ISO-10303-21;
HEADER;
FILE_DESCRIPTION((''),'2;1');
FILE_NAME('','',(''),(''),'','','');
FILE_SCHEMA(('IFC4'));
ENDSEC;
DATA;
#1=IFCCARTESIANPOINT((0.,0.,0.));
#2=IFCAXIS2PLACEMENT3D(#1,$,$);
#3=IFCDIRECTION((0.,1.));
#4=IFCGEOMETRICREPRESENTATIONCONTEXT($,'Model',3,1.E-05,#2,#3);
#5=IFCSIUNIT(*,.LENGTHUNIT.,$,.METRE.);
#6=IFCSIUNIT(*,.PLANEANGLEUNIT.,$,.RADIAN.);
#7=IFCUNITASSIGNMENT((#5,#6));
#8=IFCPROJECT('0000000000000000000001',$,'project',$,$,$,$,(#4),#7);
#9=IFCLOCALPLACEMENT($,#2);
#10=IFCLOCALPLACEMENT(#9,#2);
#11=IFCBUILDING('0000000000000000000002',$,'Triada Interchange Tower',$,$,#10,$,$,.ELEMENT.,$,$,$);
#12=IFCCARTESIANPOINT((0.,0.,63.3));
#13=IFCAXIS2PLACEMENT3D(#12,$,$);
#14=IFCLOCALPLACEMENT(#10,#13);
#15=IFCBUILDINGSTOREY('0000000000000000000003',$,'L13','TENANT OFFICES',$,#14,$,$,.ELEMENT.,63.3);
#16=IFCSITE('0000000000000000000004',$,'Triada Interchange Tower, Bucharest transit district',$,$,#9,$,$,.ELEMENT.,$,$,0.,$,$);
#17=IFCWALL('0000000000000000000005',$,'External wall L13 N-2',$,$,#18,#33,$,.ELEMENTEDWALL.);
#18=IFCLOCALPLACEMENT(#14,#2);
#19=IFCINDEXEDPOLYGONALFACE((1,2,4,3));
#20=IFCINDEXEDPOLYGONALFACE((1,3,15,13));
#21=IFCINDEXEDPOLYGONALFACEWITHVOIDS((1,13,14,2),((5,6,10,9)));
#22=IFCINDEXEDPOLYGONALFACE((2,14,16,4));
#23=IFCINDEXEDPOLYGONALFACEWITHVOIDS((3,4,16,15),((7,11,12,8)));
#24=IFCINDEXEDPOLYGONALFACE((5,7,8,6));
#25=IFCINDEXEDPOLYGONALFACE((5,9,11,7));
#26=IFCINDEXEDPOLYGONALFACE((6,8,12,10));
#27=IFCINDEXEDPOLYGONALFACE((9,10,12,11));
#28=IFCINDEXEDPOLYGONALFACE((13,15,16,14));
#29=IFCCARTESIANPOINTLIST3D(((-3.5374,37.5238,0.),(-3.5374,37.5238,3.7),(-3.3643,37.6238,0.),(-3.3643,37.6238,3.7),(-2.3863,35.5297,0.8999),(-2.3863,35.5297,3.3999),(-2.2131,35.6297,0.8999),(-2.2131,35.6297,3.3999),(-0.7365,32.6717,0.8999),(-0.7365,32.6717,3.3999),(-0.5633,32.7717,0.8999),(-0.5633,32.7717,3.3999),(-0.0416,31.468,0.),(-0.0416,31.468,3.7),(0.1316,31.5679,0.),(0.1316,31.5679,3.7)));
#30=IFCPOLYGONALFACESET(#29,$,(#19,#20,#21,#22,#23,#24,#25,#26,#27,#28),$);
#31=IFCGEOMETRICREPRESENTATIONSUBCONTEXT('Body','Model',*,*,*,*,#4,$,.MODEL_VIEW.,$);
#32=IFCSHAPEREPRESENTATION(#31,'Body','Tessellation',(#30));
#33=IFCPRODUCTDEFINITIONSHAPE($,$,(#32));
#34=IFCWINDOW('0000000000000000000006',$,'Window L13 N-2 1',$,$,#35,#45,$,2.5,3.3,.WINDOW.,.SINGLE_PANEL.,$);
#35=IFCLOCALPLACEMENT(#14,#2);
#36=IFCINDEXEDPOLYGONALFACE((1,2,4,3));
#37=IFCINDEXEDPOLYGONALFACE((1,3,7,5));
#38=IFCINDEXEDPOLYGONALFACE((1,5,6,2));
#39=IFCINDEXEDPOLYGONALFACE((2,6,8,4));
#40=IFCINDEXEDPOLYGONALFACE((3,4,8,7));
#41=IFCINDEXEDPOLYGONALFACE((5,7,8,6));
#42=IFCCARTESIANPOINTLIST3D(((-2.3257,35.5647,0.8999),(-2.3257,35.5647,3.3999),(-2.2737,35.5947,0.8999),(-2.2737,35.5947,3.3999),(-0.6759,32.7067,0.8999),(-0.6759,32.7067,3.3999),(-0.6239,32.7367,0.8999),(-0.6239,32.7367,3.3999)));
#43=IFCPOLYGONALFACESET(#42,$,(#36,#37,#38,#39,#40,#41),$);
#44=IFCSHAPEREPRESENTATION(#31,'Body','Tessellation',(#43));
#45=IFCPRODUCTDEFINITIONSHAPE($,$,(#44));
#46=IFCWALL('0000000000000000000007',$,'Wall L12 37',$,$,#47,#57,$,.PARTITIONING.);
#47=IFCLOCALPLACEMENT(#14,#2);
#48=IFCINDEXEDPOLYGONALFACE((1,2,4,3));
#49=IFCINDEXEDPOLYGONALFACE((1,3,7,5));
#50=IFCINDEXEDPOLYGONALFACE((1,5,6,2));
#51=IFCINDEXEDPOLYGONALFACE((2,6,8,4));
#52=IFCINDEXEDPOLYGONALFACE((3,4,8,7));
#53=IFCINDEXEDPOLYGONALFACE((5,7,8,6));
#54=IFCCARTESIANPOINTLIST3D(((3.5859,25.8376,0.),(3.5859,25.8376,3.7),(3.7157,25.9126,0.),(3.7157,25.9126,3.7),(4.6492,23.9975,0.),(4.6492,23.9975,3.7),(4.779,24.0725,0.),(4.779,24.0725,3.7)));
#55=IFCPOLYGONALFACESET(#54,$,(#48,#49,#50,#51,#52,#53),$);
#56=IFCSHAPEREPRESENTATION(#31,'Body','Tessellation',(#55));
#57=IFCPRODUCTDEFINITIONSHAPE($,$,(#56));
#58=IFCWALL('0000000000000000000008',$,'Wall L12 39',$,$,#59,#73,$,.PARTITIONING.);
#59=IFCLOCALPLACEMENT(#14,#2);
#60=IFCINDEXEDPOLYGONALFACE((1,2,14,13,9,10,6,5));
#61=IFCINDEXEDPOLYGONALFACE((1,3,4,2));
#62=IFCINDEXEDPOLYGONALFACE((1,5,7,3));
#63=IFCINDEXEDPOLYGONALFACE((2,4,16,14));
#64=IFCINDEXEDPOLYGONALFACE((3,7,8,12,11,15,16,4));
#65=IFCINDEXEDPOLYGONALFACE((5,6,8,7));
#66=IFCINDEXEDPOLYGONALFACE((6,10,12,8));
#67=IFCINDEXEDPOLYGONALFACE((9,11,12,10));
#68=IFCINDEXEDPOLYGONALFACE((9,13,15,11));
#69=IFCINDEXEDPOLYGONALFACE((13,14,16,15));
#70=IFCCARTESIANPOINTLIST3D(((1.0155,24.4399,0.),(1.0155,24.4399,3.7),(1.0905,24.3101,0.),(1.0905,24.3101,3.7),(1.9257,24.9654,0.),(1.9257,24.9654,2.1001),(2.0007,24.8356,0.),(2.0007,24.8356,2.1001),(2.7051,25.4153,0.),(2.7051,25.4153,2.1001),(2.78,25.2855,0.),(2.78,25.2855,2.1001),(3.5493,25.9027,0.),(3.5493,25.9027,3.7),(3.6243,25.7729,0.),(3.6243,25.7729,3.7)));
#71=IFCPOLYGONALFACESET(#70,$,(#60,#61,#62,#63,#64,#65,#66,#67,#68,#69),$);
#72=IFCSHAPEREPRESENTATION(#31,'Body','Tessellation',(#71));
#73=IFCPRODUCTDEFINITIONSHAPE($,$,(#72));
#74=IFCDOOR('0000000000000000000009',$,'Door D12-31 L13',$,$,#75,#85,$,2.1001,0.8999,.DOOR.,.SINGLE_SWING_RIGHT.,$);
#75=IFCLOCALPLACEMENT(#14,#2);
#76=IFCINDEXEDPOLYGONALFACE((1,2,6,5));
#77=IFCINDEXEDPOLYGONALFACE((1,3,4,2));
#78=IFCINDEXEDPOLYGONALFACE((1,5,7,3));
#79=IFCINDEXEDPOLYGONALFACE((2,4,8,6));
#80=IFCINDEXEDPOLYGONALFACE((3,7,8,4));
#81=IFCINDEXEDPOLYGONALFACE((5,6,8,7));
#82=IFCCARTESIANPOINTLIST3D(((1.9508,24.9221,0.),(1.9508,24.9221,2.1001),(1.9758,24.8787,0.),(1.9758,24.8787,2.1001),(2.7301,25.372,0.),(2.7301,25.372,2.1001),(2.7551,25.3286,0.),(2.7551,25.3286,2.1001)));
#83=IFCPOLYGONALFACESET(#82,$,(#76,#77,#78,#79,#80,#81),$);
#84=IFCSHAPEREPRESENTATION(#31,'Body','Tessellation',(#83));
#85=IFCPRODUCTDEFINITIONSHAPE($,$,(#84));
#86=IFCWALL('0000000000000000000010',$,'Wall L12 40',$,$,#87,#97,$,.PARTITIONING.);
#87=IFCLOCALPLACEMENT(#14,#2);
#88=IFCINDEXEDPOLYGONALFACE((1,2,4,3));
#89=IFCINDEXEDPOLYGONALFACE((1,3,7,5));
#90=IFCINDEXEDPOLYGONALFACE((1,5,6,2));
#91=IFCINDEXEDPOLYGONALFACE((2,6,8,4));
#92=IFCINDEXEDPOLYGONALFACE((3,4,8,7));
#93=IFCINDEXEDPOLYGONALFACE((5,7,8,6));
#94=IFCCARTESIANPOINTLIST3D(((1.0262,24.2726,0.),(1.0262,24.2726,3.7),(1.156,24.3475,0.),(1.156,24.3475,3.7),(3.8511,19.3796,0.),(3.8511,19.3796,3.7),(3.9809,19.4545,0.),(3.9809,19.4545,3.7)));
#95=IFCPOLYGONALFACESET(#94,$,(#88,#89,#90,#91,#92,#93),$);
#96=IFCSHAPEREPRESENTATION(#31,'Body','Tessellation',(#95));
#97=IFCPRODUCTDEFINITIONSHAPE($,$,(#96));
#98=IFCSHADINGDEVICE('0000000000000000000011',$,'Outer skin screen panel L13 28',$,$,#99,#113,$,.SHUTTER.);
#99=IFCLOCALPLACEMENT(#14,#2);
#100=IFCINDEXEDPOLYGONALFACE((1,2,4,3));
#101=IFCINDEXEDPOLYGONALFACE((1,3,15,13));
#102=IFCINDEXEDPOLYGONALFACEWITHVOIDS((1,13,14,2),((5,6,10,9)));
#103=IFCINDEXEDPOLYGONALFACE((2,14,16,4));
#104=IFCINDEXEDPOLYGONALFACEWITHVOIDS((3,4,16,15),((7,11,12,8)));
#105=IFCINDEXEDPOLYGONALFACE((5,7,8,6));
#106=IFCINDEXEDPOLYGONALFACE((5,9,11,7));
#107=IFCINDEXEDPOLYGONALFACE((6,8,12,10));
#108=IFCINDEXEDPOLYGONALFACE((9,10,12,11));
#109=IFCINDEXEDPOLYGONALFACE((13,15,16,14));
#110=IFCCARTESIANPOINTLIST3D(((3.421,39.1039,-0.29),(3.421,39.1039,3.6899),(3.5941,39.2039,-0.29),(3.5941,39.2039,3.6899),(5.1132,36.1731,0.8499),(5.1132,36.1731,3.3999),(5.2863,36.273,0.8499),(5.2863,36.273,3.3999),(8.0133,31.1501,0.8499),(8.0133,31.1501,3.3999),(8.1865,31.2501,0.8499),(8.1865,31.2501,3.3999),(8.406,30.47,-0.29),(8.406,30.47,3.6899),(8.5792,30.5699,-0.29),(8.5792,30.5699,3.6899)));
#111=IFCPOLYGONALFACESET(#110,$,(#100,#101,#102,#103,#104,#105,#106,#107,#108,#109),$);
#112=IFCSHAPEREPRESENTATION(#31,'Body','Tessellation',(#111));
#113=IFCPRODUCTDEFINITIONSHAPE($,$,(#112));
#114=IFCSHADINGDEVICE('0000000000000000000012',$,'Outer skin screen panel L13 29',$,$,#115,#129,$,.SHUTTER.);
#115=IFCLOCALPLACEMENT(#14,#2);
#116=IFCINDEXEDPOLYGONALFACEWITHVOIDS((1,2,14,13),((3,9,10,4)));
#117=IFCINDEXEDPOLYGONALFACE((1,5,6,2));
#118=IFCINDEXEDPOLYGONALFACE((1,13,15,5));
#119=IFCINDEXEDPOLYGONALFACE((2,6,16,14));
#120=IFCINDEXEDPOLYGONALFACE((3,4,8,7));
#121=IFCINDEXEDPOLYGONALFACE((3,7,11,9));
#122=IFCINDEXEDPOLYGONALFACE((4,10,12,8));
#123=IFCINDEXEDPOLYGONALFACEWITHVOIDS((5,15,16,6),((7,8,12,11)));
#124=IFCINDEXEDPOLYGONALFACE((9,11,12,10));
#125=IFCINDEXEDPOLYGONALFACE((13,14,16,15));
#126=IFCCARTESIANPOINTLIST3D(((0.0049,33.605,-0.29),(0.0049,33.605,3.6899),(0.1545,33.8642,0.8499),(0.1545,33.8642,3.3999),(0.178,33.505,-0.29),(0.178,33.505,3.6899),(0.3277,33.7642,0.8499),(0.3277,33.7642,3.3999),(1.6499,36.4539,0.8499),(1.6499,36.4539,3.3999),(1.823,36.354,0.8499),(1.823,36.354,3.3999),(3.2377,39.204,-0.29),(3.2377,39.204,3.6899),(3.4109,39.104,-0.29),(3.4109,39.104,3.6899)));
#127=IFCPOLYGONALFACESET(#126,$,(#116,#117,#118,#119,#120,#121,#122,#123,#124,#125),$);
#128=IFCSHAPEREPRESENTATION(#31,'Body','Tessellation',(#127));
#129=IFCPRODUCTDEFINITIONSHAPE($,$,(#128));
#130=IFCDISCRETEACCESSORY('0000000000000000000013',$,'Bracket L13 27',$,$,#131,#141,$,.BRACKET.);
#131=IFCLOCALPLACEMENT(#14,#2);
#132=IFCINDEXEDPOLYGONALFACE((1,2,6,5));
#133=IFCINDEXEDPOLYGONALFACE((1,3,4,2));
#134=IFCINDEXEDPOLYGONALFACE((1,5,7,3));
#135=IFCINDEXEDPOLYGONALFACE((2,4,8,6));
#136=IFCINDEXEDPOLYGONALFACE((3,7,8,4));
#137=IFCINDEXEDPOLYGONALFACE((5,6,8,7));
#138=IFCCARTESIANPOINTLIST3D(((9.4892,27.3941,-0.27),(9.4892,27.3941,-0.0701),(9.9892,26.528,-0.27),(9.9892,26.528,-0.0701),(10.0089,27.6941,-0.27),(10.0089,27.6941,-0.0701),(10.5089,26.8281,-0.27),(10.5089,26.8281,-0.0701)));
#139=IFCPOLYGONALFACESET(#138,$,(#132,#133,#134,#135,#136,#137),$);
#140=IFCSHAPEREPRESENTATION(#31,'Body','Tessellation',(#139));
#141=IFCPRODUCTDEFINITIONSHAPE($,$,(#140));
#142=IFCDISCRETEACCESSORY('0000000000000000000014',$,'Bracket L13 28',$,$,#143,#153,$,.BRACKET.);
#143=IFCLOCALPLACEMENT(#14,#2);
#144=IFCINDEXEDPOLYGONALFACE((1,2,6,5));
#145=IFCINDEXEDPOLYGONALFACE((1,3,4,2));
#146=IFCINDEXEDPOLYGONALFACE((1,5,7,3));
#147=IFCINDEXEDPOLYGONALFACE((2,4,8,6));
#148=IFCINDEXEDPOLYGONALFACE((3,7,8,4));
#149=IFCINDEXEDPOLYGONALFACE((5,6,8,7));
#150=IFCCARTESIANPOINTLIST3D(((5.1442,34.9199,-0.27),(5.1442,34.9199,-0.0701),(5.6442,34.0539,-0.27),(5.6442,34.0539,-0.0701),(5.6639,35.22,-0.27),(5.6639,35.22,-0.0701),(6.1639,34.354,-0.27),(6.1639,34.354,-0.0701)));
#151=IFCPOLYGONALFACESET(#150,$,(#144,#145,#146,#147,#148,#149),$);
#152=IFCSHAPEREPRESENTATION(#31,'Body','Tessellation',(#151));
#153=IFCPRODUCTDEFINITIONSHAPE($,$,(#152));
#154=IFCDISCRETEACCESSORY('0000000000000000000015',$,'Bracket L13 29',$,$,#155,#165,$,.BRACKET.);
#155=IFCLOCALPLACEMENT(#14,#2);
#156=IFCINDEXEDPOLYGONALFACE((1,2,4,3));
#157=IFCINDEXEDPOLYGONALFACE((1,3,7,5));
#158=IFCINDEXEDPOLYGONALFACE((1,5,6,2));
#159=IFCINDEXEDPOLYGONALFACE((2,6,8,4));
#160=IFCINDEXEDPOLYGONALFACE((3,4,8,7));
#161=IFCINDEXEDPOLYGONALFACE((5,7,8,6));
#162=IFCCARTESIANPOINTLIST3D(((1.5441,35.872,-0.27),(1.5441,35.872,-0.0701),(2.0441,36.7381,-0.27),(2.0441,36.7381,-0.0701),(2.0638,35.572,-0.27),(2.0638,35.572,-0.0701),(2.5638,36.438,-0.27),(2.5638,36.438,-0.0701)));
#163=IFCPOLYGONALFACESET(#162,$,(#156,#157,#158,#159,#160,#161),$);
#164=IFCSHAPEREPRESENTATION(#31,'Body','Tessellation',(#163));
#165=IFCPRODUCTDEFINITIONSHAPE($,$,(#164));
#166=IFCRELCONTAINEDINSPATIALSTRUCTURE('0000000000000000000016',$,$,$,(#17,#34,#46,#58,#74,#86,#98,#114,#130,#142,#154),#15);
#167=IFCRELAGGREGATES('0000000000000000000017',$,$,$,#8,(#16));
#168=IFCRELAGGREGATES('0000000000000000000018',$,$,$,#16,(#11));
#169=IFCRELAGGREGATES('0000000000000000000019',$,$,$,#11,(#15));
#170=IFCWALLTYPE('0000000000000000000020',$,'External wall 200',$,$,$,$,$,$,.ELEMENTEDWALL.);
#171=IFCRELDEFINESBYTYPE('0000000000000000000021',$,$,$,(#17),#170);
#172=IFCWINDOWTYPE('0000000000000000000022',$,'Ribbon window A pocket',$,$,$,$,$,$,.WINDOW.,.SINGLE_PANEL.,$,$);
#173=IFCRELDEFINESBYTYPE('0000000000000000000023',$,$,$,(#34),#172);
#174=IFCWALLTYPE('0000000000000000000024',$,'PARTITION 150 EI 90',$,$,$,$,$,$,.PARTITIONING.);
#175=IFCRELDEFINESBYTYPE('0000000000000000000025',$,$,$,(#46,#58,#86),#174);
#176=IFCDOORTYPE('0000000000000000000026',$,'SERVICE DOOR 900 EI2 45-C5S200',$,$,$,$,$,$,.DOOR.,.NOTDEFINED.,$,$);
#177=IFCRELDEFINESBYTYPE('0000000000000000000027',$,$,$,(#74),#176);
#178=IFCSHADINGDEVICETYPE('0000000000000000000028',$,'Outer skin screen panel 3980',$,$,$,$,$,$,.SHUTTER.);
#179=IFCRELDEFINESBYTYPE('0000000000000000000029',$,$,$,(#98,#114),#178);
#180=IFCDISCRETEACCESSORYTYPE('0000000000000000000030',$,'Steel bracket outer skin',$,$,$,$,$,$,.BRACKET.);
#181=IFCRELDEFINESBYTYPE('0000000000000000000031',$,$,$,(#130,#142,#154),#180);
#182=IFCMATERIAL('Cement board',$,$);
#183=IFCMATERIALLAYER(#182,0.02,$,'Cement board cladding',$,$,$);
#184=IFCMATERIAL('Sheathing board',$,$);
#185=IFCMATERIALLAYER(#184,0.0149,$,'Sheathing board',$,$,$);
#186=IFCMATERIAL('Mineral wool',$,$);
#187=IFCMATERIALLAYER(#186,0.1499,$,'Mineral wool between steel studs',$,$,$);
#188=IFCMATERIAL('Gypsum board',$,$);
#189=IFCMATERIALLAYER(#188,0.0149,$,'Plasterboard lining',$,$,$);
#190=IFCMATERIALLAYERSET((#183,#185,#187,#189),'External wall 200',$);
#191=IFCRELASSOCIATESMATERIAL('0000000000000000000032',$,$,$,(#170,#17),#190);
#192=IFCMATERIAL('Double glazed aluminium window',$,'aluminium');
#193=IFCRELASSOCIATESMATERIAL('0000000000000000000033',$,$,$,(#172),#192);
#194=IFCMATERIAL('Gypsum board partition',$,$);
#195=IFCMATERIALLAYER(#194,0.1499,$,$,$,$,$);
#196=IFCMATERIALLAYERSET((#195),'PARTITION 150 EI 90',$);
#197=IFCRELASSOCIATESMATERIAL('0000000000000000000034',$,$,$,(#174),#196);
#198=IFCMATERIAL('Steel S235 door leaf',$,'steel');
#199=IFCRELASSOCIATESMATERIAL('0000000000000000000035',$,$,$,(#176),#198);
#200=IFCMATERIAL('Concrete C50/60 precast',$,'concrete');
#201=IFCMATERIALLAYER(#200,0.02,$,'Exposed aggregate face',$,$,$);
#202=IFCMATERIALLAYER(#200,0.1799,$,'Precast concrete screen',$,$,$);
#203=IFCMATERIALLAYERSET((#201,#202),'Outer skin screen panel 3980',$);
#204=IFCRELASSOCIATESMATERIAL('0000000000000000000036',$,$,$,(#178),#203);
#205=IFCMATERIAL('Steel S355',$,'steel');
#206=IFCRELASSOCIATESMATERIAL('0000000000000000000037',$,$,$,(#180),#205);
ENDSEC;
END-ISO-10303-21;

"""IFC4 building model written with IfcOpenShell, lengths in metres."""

from ifc_helpers import new_model, si_unit, direction, frame, frame_2d, origin, origin_2d, place, context, subcontext, project, spatial, polyline, rectangle, outline, extrude, material, layer, layer_set, layer_usage, type_object, element, fill, save


model = new_model("IFC4")

# Units and contexts
model_context = context("Model", 3, precision=1e-05, world=origin(), true_north=direction((0.0, 1.0)))
body_context = subcontext(model_context, "Body", "Model", "MODEL_VIEW")
ifc_project = project(units=[si_unit("LENGTHUNIT", "METRE"), si_unit("PLANEANGLEUNIT", "RADIAN")], contexts=[model_context])

# Site, building, storey
site_placement = place(None, origin())
site = spatial("IfcSite", under=ifc_project, at=site_placement, Name="Triada Interchange Tower, Bucharest transit district", CompositionType="ELEMENT", RefElevation=0.0)
building_placement = place(site_placement, origin())
building = spatial("IfcBuilding", under=site, at=building_placement, Name="Triada Interchange Tower", CompositionType="ELEMENT")
storey_placement = place(building_placement, frame((0.0, 0.0, 63.3)))
storey = spatial("IfcBuildingStorey", under=building, at=storey_placement, Name="L13", Description="TENANT OFFICES", CompositionType="ELEMENT", Elevation=63.3)

# Wall, opening, window
ifc_material_1 = material(Name="Cement board")
ifc_layer_1 = layer(ifc_material_1, 0.02, Name="Cement board cladding")
ifc_material_2 = material(Name="Sheathing board")
ifc_layer_2 = layer(ifc_material_2, 0.0149, Name="Sheathing board")
ifc_material_3 = material(Name="Mineral wool")
ifc_layer_3 = layer(ifc_material_3, 0.1499, Name="Mineral wool between steel studs")
ifc_material_4 = material(Name="Gypsum board")
ifc_layer_4 = layer(ifc_material_4, 0.0149, Name="Plasterboard lining")
ifc_layer_set_1 = layer_set([ifc_layer_1, ifc_layer_2, ifc_layer_3, ifc_layer_4], Name="External wall 200")
ifc_layer_usage = layer_usage(ifc_layer_set_1, "AXIS2", "POSITIVE", -0.1001)
wall_type_1 = type_object("IfcWallType", Name="External wall 200", PredefinedType="ELEMENTEDWALL", material=ifc_layer_set_1)
ifc_material_5 = material(Name="Double glazed aluminium window", Category="aluminium")
window_type = type_object("IfcWindowType", Name="Ribbon window A pocket", PartitioningType="SINGLE_PANEL", PredefinedType="WINDOW", material=ifc_material_5)
wall_1_placement = place(storey_placement, frame((0.0449, 31.5181, 0.0), z_axis=(0.0, 0.0, 1.0), x_axis=(-0.499943, 0.866058, 0.0)))
wall_1 = element("IfcWall", 1, at=wall_1_placement, inside=storey, type_object=wall_type_1, material=ifc_layer_usage, Name="External wall L13 N-2", PredefinedType="ELEMENTEDWALL", context=body_context, shape_type="SweptSolid", body=[
    extrude(rectangle(XDim=6.9924, YDim=0.2, at=frame_2d((3.4961, 0.0))), origin(), (0.0, 0.0, 1.0), 3.7),
])
opening_1_placement = place(wall_1_placement, frame((1.3899, 0.0, 0.8999)))
opening_1 = element("IfcOpeningElement", 2, at=opening_1_placement, cuts=wall_1, PredefinedType="OPENING", context=body_context, shape_type="SweptSolid", body=[
    extrude(rectangle(XDim=3.3, YDim=2.5, at=frame_2d((1.6499, 1.25))), frame((0.0, 0.1099, 0.0), z_axis=(0.0, -1.0, 0.0), x_axis=(1.0, 0.0, 0.0)), (0.0, 0.0, 1.0), 0.22),
])
window_1_placement = place(opening_1_placement, origin())
window_1 = element("IfcWindow", 3, at=window_1_placement, inside=storey, type_object=window_type, Name="Window L13 N-2 1", OverallHeight=2.5, OverallWidth=3.3, PartitioningType="SINGLE_PANEL", PredefinedType="WINDOW", context=body_context, shape_type="SweptSolid", body=[
    extrude(rectangle(XDim=3.3, YDim=2.5, at=frame_2d((1.6499, 1.25))), frame((0.0, 0.03, 0.0), z_axis=(0.0, -1.0, 0.0), x_axis=(1.0, 0.0, 0.0)), (0.0, 0.0, 1.0), 0.0601),
])
fill(opening_1, window_1)

# Wall
ifc_material_6 = material(Name="Gypsum board partition")
ifc_layer_5 = layer(ifc_material_6, 0.1499)
ifc_layer_set_2 = layer_set([ifc_layer_5], Name="PARTITION 150 EI 90")
wall_type_2 = type_object("IfcWallType", Name="PARTITION 150 EI 90", PredefinedType="PARTITIONING", material=ifc_layer_set_2)
wall_2_placement = place(storey_placement, frame((3.6509, 25.875, 0.0), z_axis=(0.0, 0.0, 1.0), x_axis=(0.500302, -0.865851, 0.0)))
element("IfcWall", 4, at=wall_2_placement, inside=storey, type_object=wall_type_2, Name="Wall L12 37", PredefinedType="PARTITIONING", context=body_context, shape_type="SweptSolid", body=[
    extrude(rectangle(XDim=2.1252, YDim=0.1499, at=frame_2d((1.0625, 0.0))), origin(), (0.0, 0.0, 1.0), 3.7),
])

# Wall, opening, door
wall_3_placement = place(storey_placement, frame((1.053, 24.375, 0.0), z_axis=(0.0, 0.0, 1.0), x_axis=(0.866037, 0.49998, 0.0)))
wall_3 = element("IfcWall", 5, at=wall_3_placement, inside=storey, type_object=wall_type_2, Name="Wall L12 39", PredefinedType="PARTITIONING", context=body_context, shape_type="SweptSolid", body=[
    extrude(rectangle(XDim=2.9258, YDim=0.1499, at=frame_2d((1.4629, 0.0))), origin(), (0.0, 0.0, 1.0), 3.7),
])
opening_2_placement = place(wall_3_placement, frame((1.051, 0.0, 0.0)))
opening_2 = element("IfcOpeningElement", 6, at=opening_2_placement, cuts=wall_3, PredefinedType="OPENING", context=body_context, shape_type="SweptSolid", body=[
    extrude(rectangle(XDim=0.8999, YDim=2.1001, at=frame_2d((0.45, 1.05))), frame((0.0, 0.085, 0.0), z_axis=(0.0, -1.0, 0.0), x_axis=(1.0, 0.0, 0.0)), (0.0, 0.0, 1.0), 0.1699),
])
ifc_material_7 = material(Name="Steel S235 door leaf", Category="steel")
door_type = type_object("IfcDoorType", Name="SERVICE DOOR 900 EI2 45-C5S200", OperationType="NOTDEFINED", PredefinedType="DOOR", material=ifc_material_7)
door_placement = place(opening_2_placement, origin())
door = element("IfcDoor", 7, at=door_placement, inside=storey, type_object=door_type, Name="Door D12-31 L13", OperationType="SINGLE_SWING_RIGHT", OverallHeight=2.1001, OverallWidth=0.8999, PredefinedType="DOOR", context=body_context, shape_type="SweptSolid", body=[
    extrude(rectangle(XDim=0.8999, YDim=2.1001, at=frame_2d((0.45, 1.05))), frame((0.0, 0.0249, 0.0), z_axis=(0.0, -1.0, 0.0), x_axis=(1.0, 0.0, 0.0)), (0.0, 0.0, 1.0), 0.05),
])
fill(opening_2, door)

# Wall
wall_4_placement = place(storey_placement, frame((1.0911, 24.3101, 0.0), z_axis=(0.0, 0.0, 1.0), x_axis=(0.499992, -0.86603, 0.0)))
element("IfcWall", 8, at=wall_4_placement, inside=storey, type_object=wall_type_2, Name="Wall L12 40", PredefinedType="PARTITIONING", context=body_context, shape_type="SweptSolid", body=[
    extrude(rectangle(XDim=5.6499, YDim=0.1499, at=frame_2d((2.825, 0.0))), origin(), (0.0, 0.0, 1.0), 3.7),
])

# Shading devices
ifc_material_8 = material(Name="Concrete C50/60 precast", Category="concrete")
ifc_layer_6 = layer(ifc_material_8, 0.02, Name="Exposed aggregate face")
ifc_layer_7 = layer(ifc_material_8, 0.1799, Name="Precast concrete screen")
ifc_layer_set_3 = layer_set([ifc_layer_6, ifc_layer_7], Name="Outer skin screen panel 3980")
shading_device_type = type_object("IfcShadingDeviceType", Name="Outer skin screen panel 3980", PredefinedType="SHUTTER", material=ifc_layer_set_3)
shading_device_1_placement = place(storey_placement, frame((8.406, 30.47, -0.29), z_axis=(0.0, 0.0, 1.0), x_axis=(-0.500019, 0.866015, 0.0)))
element("IfcShadingDevice", 9, at=shading_device_1_placement, inside=storey, type_object=shading_device_type, Name="Outer skin screen panel L13 28", PredefinedType="SHUTTER", context=body_context, shape_type="SweptSolid", body=[
    extrude(outline(polyline([(0.0, 0.0), (9.9697, 0.0), (9.9697, 3.98), (0.0, 3.98), (0.0, 0.0)]), holes=[polyline([(0.7854, 1.1399), (0.7854, 3.6899), (6.5854, 3.6899), (6.5854, 1.1399), (0.7854, 1.1399)])]), frame((0.0, 0.0, 0.0), z_axis=(0.0, -1.0, 0.0), x_axis=(1.0, 0.0, 0.0)), (0.0, 0.0, 1.0), 0.2),
])
shading_device_2_placement = place(storey_placement, frame((3.4109, 39.104, -0.29), z_axis=(0.0, 0.0, 1.0), x_axis=(-0.50003, -0.866008, 0.0)))
element("IfcShadingDevice", 10, at=shading_device_2_placement, inside=storey, type_object=shading_device_type, Name="Outer skin screen panel L13 29", PredefinedType="SHUTTER", context=body_context, shape_type="SweptSolid", body=[
    extrude(outline(polyline([(0.0, 0.0), (6.4653, 0.0), (6.4653, 3.98), (0.0, 3.98), (0.0, 0.0)]), holes=[polyline([(3.1755, 1.1399), (3.1755, 3.6899), (6.166, 3.6899), (6.166, 1.1399), (3.1755, 1.1399)])]), frame((0.0, 0.0, 0.0), z_axis=(0.0, -1.0, 0.0), x_axis=(1.0, 0.0, 0.0)), (0.0, 0.0, 1.0), 0.2),
])

# Discrete accessories
ifc_material_9 = material(Name="Steel S355", Category="steel")
discrete_accessory_type = type_object("IfcDiscreteAccessoryType", Name="Steel bracket outer skin", PredefinedType="BRACKET", material=ifc_material_9)
for number, where, z_axis, x_axis, name in (
    (11, (9.999, 27.1111, -0.27), (0.0, 0.0, 1.0), (0.866022, 0.500006, 0.0), "Bracket L13 27"),
    (12, (5.6541, 34.637, -0.27), (0.0, 0.0, 1.0), (0.866022, 0.500006, 0.0), "Bracket L13 28"),
    (13, (2.054, 36.155, -0.27), (0.0, 0.0, 1.0), (-0.866037, 0.49998, 0.0), "Bracket L13 29"),
):
    element("IfcDiscreteAccessory", number, at=place(storey_placement, frame(where, z_axis=z_axis, x_axis=x_axis)), inside=storey, type_object=discrete_accessory_type, Name=name, PredefinedType="BRACKET", context=body_context, shape_type="SweptSolid", body=[
        extrude(rectangle(XDim=0.6001, YDim=1.0, at=origin_2d()), origin(), (0.0, 0.0, 1.0), 0.2),
    ])

save(model, "model.ifc")
